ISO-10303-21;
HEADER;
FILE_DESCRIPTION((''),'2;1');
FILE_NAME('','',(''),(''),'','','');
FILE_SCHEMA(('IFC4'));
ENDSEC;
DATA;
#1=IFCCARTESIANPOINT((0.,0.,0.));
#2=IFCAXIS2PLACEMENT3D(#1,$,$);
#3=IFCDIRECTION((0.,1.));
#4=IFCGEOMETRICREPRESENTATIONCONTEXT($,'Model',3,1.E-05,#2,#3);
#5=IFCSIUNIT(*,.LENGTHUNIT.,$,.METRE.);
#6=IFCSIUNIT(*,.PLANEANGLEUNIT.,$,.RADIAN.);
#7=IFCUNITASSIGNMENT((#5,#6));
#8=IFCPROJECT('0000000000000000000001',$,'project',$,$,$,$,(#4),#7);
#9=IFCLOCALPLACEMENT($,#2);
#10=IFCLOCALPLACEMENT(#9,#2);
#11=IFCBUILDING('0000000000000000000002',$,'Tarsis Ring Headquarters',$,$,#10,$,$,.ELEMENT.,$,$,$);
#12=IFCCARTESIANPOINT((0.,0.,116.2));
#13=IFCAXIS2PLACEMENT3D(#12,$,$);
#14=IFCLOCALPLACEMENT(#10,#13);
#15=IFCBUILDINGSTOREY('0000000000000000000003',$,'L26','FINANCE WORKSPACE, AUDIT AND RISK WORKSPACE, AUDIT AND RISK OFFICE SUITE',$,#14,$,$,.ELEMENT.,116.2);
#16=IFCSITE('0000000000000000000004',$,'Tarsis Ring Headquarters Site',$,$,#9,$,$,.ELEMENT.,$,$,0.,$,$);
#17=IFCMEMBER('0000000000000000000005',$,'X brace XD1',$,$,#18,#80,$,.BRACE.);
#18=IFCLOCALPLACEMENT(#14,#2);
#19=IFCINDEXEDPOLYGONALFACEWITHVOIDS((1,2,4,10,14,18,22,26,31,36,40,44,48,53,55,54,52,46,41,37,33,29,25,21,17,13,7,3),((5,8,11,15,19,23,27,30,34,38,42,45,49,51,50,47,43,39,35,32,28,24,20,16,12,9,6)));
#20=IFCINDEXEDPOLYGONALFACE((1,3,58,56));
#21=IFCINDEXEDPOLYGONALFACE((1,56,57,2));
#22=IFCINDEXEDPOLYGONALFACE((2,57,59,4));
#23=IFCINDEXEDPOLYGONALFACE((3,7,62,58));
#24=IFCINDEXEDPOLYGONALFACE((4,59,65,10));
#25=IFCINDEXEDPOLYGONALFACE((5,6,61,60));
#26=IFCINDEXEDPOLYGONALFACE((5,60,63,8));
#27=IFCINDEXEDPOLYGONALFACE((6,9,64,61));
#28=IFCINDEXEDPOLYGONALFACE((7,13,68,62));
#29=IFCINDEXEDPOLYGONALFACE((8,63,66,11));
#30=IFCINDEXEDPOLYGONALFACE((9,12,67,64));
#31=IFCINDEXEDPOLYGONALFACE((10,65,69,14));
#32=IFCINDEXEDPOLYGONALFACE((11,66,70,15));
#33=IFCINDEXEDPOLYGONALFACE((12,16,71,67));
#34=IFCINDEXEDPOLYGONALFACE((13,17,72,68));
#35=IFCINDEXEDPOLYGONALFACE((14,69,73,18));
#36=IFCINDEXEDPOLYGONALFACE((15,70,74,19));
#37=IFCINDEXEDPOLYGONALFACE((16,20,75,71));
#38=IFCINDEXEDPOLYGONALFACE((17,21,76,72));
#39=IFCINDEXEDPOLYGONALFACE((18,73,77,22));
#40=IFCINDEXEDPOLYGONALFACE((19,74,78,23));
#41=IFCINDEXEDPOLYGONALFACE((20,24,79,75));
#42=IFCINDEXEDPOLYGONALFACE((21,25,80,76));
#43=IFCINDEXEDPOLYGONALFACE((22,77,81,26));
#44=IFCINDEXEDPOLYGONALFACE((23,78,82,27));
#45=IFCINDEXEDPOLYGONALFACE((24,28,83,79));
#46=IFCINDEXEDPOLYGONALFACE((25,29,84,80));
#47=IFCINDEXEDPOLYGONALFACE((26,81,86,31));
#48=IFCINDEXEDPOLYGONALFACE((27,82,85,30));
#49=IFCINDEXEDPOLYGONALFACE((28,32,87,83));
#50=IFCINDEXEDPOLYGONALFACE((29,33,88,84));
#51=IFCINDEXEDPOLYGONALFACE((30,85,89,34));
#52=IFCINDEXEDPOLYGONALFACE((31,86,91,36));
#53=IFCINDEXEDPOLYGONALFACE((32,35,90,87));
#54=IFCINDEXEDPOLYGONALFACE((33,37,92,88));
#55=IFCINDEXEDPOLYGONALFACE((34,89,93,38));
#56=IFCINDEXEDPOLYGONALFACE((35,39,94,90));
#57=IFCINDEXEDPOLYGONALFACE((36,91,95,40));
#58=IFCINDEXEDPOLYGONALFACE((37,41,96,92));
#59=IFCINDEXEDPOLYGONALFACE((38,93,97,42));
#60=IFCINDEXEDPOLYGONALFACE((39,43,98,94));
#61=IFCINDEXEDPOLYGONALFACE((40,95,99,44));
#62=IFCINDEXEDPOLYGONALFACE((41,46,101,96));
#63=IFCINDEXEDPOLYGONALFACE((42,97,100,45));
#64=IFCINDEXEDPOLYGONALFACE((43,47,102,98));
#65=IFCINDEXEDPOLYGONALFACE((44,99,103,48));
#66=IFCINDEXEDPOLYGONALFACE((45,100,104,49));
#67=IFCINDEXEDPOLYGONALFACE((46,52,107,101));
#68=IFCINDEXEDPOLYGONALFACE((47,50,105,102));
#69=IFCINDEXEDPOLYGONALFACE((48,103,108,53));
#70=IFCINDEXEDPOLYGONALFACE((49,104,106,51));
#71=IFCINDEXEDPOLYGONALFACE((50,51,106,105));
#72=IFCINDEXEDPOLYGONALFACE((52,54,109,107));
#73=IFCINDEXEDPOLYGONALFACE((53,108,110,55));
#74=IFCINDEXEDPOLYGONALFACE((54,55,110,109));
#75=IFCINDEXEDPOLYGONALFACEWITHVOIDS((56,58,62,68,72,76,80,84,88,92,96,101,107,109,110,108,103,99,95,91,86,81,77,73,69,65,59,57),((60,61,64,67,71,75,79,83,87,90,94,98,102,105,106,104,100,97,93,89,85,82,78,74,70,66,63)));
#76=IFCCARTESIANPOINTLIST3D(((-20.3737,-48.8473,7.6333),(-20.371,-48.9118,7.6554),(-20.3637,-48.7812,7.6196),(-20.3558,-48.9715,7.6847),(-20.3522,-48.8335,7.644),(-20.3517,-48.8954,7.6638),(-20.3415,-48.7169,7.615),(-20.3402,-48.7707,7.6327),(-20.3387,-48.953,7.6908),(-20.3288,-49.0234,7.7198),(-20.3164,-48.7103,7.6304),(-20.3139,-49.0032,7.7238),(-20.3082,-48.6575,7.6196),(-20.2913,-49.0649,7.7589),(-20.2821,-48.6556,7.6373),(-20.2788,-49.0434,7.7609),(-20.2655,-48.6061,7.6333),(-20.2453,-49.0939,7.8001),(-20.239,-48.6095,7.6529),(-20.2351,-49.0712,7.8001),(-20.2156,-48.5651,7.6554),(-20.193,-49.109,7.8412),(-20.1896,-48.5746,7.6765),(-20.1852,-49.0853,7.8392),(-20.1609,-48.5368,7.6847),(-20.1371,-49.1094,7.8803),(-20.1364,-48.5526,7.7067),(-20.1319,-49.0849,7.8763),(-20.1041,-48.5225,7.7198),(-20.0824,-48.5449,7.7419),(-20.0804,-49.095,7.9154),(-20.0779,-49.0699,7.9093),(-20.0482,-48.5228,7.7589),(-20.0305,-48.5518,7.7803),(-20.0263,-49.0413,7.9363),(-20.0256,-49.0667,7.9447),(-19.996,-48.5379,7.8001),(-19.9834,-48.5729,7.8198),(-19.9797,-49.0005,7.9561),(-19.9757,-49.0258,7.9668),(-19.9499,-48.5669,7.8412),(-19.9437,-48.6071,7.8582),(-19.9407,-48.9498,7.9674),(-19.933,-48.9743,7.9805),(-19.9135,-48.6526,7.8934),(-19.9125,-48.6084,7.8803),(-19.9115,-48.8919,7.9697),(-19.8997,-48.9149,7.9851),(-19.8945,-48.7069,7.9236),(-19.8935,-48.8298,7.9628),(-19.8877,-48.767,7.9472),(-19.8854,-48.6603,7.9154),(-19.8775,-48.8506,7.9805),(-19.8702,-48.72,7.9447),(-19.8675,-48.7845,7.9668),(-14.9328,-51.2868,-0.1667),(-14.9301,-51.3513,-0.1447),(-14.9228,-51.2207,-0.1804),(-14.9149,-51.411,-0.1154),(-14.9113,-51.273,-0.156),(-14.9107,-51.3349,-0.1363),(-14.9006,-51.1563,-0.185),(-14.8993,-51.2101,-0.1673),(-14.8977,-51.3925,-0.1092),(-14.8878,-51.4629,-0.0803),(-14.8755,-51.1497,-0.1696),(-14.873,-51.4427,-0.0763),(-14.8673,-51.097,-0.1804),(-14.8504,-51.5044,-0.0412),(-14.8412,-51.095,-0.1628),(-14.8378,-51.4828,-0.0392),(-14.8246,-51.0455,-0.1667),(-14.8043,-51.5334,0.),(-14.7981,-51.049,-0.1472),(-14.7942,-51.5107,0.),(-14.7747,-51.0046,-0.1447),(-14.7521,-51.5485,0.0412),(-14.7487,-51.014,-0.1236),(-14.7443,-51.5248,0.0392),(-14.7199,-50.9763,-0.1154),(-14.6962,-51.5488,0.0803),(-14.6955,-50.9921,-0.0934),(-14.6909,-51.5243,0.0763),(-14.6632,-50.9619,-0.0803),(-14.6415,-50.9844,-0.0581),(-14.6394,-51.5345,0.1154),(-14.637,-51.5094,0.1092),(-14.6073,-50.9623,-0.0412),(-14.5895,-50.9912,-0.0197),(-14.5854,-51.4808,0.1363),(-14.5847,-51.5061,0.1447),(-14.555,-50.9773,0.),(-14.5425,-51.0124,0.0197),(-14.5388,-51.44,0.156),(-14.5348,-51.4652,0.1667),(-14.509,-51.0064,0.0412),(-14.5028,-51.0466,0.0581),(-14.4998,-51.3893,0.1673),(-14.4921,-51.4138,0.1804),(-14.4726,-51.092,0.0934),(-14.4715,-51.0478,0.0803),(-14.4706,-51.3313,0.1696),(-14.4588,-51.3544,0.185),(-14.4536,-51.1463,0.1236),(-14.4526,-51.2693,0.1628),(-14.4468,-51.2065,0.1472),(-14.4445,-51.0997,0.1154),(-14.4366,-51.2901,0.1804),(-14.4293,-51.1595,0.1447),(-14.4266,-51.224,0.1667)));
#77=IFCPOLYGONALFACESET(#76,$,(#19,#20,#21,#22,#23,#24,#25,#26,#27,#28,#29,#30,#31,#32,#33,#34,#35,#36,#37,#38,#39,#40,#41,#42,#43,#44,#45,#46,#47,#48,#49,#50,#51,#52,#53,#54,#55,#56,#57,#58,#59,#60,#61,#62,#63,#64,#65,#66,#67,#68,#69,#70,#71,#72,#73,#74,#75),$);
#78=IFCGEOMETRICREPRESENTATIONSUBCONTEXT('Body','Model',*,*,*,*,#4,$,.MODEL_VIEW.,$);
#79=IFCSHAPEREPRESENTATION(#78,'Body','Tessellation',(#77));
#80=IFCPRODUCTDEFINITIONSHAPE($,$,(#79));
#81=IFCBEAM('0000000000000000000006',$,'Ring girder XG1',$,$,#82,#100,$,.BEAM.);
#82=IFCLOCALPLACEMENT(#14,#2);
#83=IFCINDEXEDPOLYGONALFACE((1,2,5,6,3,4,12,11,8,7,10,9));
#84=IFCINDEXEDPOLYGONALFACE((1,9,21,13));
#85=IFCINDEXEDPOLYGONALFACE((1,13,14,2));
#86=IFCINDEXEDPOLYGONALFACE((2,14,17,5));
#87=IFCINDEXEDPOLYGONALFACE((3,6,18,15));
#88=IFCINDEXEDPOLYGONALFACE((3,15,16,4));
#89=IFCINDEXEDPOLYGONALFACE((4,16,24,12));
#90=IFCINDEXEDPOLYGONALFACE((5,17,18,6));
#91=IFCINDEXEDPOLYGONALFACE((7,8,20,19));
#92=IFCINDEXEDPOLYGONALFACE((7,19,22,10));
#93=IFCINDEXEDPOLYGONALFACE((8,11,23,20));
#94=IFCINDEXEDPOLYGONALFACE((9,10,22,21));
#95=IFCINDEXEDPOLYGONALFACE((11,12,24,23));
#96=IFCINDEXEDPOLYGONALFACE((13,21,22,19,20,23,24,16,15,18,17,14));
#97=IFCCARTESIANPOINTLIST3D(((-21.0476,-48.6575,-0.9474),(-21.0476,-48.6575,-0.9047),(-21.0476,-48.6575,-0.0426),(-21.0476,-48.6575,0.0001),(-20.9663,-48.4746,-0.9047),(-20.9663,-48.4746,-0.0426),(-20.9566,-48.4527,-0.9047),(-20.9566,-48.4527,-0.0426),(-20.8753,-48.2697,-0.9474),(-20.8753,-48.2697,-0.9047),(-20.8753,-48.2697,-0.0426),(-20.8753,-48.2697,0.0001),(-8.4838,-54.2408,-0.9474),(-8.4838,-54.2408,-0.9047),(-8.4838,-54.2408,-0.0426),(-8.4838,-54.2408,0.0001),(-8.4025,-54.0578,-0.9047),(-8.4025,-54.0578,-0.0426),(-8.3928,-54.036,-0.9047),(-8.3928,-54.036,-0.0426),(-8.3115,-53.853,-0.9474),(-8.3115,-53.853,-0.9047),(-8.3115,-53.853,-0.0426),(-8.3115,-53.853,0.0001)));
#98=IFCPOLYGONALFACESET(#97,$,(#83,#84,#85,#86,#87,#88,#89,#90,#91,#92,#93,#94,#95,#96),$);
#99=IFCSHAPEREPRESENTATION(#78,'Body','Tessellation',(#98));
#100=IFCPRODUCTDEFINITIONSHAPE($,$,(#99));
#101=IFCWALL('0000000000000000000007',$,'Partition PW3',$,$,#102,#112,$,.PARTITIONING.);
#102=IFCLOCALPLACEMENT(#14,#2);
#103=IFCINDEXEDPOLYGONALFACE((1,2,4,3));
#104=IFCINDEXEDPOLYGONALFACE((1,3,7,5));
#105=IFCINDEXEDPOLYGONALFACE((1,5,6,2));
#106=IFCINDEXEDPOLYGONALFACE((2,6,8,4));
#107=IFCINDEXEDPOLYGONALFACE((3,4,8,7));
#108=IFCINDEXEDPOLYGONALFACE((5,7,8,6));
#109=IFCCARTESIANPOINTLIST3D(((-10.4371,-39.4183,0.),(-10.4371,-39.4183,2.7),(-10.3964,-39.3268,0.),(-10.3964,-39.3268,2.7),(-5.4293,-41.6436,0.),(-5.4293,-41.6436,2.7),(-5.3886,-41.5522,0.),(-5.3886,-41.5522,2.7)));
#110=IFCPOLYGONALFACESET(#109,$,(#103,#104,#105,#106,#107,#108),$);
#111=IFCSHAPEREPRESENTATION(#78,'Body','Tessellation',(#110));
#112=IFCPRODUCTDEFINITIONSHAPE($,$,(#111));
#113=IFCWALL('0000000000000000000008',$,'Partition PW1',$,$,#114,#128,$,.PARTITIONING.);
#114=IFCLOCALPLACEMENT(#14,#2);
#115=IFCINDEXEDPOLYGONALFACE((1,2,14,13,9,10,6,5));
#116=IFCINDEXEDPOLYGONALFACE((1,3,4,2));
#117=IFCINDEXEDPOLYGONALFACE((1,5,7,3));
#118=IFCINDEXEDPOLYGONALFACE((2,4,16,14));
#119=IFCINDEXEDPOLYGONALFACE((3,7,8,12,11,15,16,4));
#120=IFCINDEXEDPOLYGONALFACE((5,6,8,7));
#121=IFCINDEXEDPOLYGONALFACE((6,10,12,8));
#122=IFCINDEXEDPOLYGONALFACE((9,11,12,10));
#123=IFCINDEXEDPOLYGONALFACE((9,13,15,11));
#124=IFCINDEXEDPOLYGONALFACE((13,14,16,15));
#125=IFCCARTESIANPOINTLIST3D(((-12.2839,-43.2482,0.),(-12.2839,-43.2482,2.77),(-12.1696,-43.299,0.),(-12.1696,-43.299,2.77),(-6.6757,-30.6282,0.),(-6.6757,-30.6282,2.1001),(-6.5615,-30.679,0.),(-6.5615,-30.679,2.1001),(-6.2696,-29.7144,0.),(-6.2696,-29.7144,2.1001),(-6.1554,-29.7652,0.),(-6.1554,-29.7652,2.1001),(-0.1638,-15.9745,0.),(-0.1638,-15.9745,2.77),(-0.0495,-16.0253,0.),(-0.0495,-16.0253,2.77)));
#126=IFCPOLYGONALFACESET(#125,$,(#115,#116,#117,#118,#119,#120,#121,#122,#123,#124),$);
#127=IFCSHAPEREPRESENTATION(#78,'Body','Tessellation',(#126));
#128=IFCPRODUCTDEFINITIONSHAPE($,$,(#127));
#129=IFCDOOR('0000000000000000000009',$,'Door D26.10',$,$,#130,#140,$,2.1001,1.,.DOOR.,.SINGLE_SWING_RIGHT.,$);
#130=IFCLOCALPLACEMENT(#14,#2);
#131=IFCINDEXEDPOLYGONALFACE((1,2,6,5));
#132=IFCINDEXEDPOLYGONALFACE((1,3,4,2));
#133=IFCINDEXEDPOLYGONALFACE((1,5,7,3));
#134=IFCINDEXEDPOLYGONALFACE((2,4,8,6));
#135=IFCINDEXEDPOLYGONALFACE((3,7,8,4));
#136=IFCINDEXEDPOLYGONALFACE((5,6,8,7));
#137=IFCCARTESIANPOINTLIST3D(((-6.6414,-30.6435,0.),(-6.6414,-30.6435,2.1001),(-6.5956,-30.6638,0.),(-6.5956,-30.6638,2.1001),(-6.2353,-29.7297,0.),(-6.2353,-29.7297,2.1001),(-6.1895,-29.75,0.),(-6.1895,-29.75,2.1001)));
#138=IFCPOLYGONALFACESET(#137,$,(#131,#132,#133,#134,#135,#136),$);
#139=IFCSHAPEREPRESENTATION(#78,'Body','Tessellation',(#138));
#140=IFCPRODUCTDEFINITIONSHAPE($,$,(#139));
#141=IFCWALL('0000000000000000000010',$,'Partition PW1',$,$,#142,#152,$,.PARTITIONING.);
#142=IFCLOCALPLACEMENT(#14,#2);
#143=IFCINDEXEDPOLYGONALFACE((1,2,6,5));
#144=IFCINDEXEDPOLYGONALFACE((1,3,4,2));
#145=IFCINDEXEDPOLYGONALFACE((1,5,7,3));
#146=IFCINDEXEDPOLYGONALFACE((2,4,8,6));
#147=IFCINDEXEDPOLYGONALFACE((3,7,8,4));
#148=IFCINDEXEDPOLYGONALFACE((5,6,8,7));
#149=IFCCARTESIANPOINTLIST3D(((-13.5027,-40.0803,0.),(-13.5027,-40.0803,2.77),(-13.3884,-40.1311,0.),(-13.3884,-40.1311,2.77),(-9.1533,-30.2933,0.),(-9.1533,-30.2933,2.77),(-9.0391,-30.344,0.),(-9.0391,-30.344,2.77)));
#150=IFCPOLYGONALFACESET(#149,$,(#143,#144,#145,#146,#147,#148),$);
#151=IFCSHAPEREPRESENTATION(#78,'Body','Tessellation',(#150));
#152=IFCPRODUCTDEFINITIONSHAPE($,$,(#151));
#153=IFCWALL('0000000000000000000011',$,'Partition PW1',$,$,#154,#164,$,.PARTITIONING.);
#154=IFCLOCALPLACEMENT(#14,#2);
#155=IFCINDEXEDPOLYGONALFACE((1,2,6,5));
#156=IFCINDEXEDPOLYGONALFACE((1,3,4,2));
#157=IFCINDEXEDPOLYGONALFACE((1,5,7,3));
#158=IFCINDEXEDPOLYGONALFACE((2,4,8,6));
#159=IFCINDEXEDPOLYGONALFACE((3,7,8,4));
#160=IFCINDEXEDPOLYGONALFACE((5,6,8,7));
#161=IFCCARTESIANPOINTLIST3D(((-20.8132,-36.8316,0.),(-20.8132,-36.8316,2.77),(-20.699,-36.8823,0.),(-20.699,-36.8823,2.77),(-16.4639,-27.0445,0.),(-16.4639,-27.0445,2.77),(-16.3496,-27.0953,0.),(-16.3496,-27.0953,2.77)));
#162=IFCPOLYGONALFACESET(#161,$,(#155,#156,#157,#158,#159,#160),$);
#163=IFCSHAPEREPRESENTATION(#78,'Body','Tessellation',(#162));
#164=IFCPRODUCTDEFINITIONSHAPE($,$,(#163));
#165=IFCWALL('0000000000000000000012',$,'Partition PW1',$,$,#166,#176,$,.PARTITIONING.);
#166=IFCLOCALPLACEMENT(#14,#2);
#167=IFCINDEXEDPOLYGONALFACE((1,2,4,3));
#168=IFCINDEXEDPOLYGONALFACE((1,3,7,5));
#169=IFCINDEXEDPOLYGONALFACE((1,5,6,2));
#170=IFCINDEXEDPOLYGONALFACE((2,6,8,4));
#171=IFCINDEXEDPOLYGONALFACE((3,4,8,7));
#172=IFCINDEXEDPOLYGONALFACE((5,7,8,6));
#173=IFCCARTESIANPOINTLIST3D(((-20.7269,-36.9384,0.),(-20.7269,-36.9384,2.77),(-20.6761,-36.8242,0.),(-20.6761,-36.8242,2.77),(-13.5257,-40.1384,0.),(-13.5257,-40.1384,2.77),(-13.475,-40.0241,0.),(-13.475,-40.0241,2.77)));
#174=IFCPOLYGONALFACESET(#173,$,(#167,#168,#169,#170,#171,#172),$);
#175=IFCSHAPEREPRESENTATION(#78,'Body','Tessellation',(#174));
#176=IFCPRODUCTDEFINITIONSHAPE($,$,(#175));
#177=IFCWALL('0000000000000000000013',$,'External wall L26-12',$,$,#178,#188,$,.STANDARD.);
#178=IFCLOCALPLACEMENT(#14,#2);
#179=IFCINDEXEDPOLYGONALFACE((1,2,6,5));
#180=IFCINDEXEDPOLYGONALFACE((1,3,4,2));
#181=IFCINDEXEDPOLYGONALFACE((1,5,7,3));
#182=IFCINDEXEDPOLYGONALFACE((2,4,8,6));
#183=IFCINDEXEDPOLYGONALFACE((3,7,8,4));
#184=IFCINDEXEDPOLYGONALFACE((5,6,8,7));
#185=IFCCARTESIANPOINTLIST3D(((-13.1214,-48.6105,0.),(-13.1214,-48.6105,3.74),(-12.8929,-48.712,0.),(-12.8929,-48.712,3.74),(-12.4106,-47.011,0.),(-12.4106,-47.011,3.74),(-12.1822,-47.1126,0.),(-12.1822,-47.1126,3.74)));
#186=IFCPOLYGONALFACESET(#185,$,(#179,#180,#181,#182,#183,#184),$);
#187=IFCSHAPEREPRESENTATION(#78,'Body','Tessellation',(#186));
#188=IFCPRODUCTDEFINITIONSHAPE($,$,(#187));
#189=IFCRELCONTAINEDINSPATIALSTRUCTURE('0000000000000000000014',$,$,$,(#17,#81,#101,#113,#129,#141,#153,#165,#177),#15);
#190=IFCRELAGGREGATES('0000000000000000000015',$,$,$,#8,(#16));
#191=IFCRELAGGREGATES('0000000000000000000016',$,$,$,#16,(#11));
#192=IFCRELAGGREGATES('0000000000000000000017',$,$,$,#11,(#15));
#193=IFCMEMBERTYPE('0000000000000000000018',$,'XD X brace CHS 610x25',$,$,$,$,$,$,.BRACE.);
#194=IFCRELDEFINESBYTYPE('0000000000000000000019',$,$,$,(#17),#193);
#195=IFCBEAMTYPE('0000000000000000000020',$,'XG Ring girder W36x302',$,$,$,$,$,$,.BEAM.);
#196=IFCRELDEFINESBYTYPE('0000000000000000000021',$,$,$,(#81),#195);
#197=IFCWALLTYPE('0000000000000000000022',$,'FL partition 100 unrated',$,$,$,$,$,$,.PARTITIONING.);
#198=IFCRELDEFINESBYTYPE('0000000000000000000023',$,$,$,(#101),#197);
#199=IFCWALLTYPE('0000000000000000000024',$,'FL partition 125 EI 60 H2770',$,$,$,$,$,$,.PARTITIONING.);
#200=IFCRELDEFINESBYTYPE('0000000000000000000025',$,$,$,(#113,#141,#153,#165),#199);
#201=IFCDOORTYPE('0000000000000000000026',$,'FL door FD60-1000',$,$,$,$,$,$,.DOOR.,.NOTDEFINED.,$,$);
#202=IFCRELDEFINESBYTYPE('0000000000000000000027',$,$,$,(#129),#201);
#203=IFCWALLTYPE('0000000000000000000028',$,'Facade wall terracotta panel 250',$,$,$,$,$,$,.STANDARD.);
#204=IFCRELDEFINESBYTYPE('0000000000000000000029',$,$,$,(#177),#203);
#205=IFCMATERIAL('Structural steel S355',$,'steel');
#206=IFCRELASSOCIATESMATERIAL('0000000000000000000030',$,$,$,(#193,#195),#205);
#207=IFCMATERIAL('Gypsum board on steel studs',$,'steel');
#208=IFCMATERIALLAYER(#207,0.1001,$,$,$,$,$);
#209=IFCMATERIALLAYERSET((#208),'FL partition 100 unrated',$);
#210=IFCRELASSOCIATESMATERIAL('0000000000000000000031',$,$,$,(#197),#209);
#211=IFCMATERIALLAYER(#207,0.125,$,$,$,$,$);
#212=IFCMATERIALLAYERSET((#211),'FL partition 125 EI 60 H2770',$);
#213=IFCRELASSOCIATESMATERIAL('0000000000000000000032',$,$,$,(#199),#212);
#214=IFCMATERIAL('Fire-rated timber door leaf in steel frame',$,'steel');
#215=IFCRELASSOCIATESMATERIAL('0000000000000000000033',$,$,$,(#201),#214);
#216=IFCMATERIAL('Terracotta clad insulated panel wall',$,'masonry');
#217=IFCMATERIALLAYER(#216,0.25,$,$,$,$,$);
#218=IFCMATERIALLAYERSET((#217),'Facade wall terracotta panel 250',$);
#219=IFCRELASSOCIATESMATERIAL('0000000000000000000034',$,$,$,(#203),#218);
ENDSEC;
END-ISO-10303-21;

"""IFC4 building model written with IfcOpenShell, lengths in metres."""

from ifc_helpers import new_model, si_unit, direction, frame, frame_2d, origin, origin_2d, place, context, subcontext, project, spatial, rectangle, hollow_circle, i_section, extrude, material, layer, layer_set, material_profile, profile_set, type_object, element, fill, save


model = new_model("IFC4")

# Units and contexts
model_context = context("Model", 3, precision=1e-05, world=origin(), true_north=direction((0.0, 1.0)))
body_context = subcontext(model_context, "Body", "Model", "MODEL_VIEW")
ifc_project = project(units=[si_unit("LENGTHUNIT", "METRE"), si_unit("PLANEANGLEUNIT", "RADIAN")], contexts=[model_context])

# Site, building, storey
site_placement = place(None, origin())
site = spatial("IfcSite", under=ifc_project, at=site_placement, Name="Tarsis Ring Headquarters Site", CompositionType="ELEMENT", RefElevation=0.0)
building_placement = place(site_placement, origin())
building = spatial("IfcBuilding", under=site, at=building_placement, Name="Tarsis Ring Headquarters", CompositionType="ELEMENT")
storey_placement = place(building_placement, frame((0.0, 0.0, 116.2)))
storey = spatial("IfcBuildingStorey", under=building, at=storey_placement, Name="L26", Description="FINANCE WORKSPACE, AUDIT AND RISK WORKSPACE, AUDIT AND RISK OFFICE SUITE", CompositionType="ELEMENT", Elevation=116.2)

# Shared definitions
ifc_material_1 = material(Name="Structural steel S355", Category="steel")

# Member
ifc_material_profile_1 = material_profile(ifc_material_1, hollow_circle(Radius=0.3047, WallThickness=0.0249, at=origin_2d()), Name="CHS 610x25")
ifc_profile_set_1 = profile_set([ifc_material_profile_1], Name="Structural steel S355")
member_type = type_object("IfcMemberType", Name="XD X brace CHS 610x25", PredefinedType="BRACE", material=ifc_profile_set_1)
member_1_placement = place(storey_placement, frame((-14.6797, -51.2554, 0.0), z_axis=(-0.554172, 0.248465, 0.794455), x_axis=(-0.409115, -0.912483, 0.0)))
element("IfcMember", 1, at=member_1_placement, inside=storey, type_object=member_type, Name="X brace XD1", PredefinedType="BRACE", context=body_context, shape_type="SweptSolid", body=[
    extrude(hollow_circle(Radius=0.3047, WallThickness=0.0249, at=origin_2d()), origin(), (0.0, 0.0, 1.0), 9.8181),
])

# Beam
ifc_material_profile_2 = material_profile(ifc_material_1, i_section(OverallWidth=0.4243, OverallDepth=0.9475, WebThickness=0.0239, FlangeThickness=0.0427, at=origin_2d()), Name="W36x302")
ifc_profile_set_2 = profile_set([ifc_material_profile_2], Name="Structural steel S355")
beam_type = type_object("IfcBeamType", Name="XG Ring girder W36x302", PredefinedType="BEAM", material=ifc_profile_set_2)
beam_placement = place(storey_placement, frame((-20.9614, -48.4636, -0.4736), z_axis=(0.913828, -0.406101, 0.0), x_axis=(0.406101, 0.913828, 0.0)))
element("IfcBeam", 2, at=beam_placement, inside=storey, type_object=beam_type, Name="Ring girder XG1", PredefinedType="BEAM", context=body_context, shape_type="SweptSolid", body=[
    extrude(i_section(OverallWidth=0.4243, OverallDepth=0.9475, WebThickness=0.0239, FlangeThickness=0.0427, at=origin_2d()), origin(), (0.0, 0.0, 1.0), 13.7485),
])

# Wall
ifc_material_2 = material(Name="Gypsum board on steel studs", Category="steel")
ifc_layer_1 = layer(ifc_material_2, 0.1001)
ifc_layer_set_1 = layer_set([ifc_layer_1], Name="FL partition 100 unrated")
wall_type_1 = type_object("IfcWallType", Name="FL partition 100 unrated", PredefinedType="PARTITIONING", material=ifc_layer_set_1)
wall_1_placement = place(storey_placement, frame((-10.4167, -39.3726, 0.0), z_axis=(0.0, 0.0, 1.0), x_axis=(0.913835, -0.406085, 0.0)))
element("IfcWall", 3, at=wall_1_placement, inside=storey, type_object=wall_type_1, Name="Partition PW3", PredefinedType="PARTITIONING", context=body_context, shape_type="SweptSolid", body=[
    extrude(rectangle(XDim=5.48, YDim=0.1001, at=frame_2d((2.74, 0.0))), origin(), (0.0, 0.0, 1.0), 2.7),
])

# Wall, opening, door
ifc_layer_2 = layer(ifc_material_2, 0.125)
ifc_layer_set_2 = layer_set([ifc_layer_2], Name="FL partition 125 EI 60 H2770")
wall_type_2 = type_object("IfcWallType", Name="FL partition 125 EI 60 H2770", PredefinedType="PARTITIONING", material=ifc_layer_set_2)
wall_2_placement = place(storey_placement, frame((-12.2268, -43.2737, 0.0), z_axis=(0.0, 0.0, 1.0), x_axis=(0.406096, 0.91383, 0.0)))
wall_2 = element("IfcWall", 4, at=wall_2_placement, inside=storey, type_object=wall_type_2, Name="Partition PW1", PredefinedType="PARTITIONING", context=body_context, shape_type="SweptSolid", body=[
    extrude(rectangle(XDim=29.8455, YDim=0.125, at=frame_2d((14.9229, 0.0))), origin(), (0.0, 0.0, 1.0), 2.77),
])
opening_placement = place(wall_2_placement, frame((13.8101, 0.0, 0.0)))
opening = element("IfcOpeningElement", 5, at=opening_placement, cuts=wall_2, PredefinedType="OPENING", context=body_context, shape_type="SweptSolid", body=[
    extrude(rectangle(XDim=1.0, YDim=2.1001, at=frame_2d((0.5, 1.05))), frame((0.0, 0.0725, 0.0), z_axis=(0.0, -1.0, 0.0), x_axis=(1.0, 0.0, 0.0)), (0.0, 0.0, 1.0), 0.145),
])
ifc_material_3 = material(Name="Fire-rated timber door leaf in steel frame", Category="steel")
door_type = type_object("IfcDoorType", Name="FL door FD60-1000", OperationType="NOTDEFINED", PredefinedType="DOOR", material=ifc_material_3)
door_placement = place(opening_placement, origin())
door = element("IfcDoor", 6, at=door_placement, inside=storey, type_object=door_type, Name="Door D26.10", OperationType="SINGLE_SWING_RIGHT", OverallHeight=2.1001, OverallWidth=1.0, PredefinedType="DOOR", context=body_context, shape_type="SweptSolid", body=[
    extrude(rectangle(XDim=1.0, YDim=2.1001, at=frame_2d((0.5, 1.05))), frame((0.0, 0.0249, 0.0), z_axis=(0.0, -1.0, 0.0), x_axis=(1.0, 0.0, 0.0)), (0.0, 0.0, 1.0), 0.05),
])
fill(opening, door)

# Walls
for number, where, z_axis, x_axis, name in (
    (7, (-13.4456, -40.1057, 0.0), (0.0, 0.0, 1.0), (0.406103, 0.913828, 0.0), "Partition PW1"),
    (8, (-20.7561, -36.8569, 0.0), (0.0, 0.0, 1.0), (0.406103, 0.913828, 0.0), "Partition PW1"),
):
    element("IfcWall", number, at=place(storey_placement, frame(where, z_axis=z_axis, x_axis=x_axis)), inside=storey, type_object=wall_type_2, Name=name, PredefinedType="PARTITIONING", context=body_context, shape_type="SweptSolid", body=[
        extrude(rectangle(XDim=10.71, YDim=0.125, at=frame_2d((5.355, 0.0))), origin(), (0.0, 0.0, 1.0), 2.77),
    ])
wall_3_placement = place(storey_placement, frame((-20.7014, -36.8813, 0.0), z_axis=(0.0, 0.0, 1.0), x_axis=(0.913838, -0.406078, 0.0)))
element("IfcWall", 9, at=wall_3_placement, inside=storey, type_object=wall_type_2, Name="Partition PW1", PredefinedType="PARTITIONING", context=body_context, shape_type="SweptSolid", body=[
    extrude(rectangle(XDim=7.8801, YDim=0.125, at=frame_2d((3.9399, 0.0))), origin(), (0.0, 0.0, 1.0), 2.77),
])
ifc_material_4 = material(Name="Terracotta clad insulated panel wall", Category="masonry")
ifc_layer_3 = layer(ifc_material_4, 0.25)
ifc_layer_set_3 = layer_set([ifc_layer_3], Name="Facade wall terracotta panel 250")
wall_type_3 = type_object("IfcWallType", Name="Facade wall terracotta panel 250", PredefinedType="STANDARD", material=ifc_layer_set_3)
wall_4_placement = place(storey_placement, frame((-13.0071, -48.6611, 0.0), z_axis=(0.0, 0.0, 1.0), x_axis=(0.406074, 0.91384, 0.0)))
element("IfcWall", 10, at=wall_4_placement, inside=storey, type_object=wall_type_3, Name="External wall L26-12", PredefinedType="STANDARD", context=body_context, shape_type="SweptSolid", body=[
    extrude(rectangle(XDim=1.7502, YDim=0.25, at=frame_2d((0.875, 0.0))), origin(), (0.0, 0.0, 1.0), 3.74),
])

save(model, "model.ifc")
